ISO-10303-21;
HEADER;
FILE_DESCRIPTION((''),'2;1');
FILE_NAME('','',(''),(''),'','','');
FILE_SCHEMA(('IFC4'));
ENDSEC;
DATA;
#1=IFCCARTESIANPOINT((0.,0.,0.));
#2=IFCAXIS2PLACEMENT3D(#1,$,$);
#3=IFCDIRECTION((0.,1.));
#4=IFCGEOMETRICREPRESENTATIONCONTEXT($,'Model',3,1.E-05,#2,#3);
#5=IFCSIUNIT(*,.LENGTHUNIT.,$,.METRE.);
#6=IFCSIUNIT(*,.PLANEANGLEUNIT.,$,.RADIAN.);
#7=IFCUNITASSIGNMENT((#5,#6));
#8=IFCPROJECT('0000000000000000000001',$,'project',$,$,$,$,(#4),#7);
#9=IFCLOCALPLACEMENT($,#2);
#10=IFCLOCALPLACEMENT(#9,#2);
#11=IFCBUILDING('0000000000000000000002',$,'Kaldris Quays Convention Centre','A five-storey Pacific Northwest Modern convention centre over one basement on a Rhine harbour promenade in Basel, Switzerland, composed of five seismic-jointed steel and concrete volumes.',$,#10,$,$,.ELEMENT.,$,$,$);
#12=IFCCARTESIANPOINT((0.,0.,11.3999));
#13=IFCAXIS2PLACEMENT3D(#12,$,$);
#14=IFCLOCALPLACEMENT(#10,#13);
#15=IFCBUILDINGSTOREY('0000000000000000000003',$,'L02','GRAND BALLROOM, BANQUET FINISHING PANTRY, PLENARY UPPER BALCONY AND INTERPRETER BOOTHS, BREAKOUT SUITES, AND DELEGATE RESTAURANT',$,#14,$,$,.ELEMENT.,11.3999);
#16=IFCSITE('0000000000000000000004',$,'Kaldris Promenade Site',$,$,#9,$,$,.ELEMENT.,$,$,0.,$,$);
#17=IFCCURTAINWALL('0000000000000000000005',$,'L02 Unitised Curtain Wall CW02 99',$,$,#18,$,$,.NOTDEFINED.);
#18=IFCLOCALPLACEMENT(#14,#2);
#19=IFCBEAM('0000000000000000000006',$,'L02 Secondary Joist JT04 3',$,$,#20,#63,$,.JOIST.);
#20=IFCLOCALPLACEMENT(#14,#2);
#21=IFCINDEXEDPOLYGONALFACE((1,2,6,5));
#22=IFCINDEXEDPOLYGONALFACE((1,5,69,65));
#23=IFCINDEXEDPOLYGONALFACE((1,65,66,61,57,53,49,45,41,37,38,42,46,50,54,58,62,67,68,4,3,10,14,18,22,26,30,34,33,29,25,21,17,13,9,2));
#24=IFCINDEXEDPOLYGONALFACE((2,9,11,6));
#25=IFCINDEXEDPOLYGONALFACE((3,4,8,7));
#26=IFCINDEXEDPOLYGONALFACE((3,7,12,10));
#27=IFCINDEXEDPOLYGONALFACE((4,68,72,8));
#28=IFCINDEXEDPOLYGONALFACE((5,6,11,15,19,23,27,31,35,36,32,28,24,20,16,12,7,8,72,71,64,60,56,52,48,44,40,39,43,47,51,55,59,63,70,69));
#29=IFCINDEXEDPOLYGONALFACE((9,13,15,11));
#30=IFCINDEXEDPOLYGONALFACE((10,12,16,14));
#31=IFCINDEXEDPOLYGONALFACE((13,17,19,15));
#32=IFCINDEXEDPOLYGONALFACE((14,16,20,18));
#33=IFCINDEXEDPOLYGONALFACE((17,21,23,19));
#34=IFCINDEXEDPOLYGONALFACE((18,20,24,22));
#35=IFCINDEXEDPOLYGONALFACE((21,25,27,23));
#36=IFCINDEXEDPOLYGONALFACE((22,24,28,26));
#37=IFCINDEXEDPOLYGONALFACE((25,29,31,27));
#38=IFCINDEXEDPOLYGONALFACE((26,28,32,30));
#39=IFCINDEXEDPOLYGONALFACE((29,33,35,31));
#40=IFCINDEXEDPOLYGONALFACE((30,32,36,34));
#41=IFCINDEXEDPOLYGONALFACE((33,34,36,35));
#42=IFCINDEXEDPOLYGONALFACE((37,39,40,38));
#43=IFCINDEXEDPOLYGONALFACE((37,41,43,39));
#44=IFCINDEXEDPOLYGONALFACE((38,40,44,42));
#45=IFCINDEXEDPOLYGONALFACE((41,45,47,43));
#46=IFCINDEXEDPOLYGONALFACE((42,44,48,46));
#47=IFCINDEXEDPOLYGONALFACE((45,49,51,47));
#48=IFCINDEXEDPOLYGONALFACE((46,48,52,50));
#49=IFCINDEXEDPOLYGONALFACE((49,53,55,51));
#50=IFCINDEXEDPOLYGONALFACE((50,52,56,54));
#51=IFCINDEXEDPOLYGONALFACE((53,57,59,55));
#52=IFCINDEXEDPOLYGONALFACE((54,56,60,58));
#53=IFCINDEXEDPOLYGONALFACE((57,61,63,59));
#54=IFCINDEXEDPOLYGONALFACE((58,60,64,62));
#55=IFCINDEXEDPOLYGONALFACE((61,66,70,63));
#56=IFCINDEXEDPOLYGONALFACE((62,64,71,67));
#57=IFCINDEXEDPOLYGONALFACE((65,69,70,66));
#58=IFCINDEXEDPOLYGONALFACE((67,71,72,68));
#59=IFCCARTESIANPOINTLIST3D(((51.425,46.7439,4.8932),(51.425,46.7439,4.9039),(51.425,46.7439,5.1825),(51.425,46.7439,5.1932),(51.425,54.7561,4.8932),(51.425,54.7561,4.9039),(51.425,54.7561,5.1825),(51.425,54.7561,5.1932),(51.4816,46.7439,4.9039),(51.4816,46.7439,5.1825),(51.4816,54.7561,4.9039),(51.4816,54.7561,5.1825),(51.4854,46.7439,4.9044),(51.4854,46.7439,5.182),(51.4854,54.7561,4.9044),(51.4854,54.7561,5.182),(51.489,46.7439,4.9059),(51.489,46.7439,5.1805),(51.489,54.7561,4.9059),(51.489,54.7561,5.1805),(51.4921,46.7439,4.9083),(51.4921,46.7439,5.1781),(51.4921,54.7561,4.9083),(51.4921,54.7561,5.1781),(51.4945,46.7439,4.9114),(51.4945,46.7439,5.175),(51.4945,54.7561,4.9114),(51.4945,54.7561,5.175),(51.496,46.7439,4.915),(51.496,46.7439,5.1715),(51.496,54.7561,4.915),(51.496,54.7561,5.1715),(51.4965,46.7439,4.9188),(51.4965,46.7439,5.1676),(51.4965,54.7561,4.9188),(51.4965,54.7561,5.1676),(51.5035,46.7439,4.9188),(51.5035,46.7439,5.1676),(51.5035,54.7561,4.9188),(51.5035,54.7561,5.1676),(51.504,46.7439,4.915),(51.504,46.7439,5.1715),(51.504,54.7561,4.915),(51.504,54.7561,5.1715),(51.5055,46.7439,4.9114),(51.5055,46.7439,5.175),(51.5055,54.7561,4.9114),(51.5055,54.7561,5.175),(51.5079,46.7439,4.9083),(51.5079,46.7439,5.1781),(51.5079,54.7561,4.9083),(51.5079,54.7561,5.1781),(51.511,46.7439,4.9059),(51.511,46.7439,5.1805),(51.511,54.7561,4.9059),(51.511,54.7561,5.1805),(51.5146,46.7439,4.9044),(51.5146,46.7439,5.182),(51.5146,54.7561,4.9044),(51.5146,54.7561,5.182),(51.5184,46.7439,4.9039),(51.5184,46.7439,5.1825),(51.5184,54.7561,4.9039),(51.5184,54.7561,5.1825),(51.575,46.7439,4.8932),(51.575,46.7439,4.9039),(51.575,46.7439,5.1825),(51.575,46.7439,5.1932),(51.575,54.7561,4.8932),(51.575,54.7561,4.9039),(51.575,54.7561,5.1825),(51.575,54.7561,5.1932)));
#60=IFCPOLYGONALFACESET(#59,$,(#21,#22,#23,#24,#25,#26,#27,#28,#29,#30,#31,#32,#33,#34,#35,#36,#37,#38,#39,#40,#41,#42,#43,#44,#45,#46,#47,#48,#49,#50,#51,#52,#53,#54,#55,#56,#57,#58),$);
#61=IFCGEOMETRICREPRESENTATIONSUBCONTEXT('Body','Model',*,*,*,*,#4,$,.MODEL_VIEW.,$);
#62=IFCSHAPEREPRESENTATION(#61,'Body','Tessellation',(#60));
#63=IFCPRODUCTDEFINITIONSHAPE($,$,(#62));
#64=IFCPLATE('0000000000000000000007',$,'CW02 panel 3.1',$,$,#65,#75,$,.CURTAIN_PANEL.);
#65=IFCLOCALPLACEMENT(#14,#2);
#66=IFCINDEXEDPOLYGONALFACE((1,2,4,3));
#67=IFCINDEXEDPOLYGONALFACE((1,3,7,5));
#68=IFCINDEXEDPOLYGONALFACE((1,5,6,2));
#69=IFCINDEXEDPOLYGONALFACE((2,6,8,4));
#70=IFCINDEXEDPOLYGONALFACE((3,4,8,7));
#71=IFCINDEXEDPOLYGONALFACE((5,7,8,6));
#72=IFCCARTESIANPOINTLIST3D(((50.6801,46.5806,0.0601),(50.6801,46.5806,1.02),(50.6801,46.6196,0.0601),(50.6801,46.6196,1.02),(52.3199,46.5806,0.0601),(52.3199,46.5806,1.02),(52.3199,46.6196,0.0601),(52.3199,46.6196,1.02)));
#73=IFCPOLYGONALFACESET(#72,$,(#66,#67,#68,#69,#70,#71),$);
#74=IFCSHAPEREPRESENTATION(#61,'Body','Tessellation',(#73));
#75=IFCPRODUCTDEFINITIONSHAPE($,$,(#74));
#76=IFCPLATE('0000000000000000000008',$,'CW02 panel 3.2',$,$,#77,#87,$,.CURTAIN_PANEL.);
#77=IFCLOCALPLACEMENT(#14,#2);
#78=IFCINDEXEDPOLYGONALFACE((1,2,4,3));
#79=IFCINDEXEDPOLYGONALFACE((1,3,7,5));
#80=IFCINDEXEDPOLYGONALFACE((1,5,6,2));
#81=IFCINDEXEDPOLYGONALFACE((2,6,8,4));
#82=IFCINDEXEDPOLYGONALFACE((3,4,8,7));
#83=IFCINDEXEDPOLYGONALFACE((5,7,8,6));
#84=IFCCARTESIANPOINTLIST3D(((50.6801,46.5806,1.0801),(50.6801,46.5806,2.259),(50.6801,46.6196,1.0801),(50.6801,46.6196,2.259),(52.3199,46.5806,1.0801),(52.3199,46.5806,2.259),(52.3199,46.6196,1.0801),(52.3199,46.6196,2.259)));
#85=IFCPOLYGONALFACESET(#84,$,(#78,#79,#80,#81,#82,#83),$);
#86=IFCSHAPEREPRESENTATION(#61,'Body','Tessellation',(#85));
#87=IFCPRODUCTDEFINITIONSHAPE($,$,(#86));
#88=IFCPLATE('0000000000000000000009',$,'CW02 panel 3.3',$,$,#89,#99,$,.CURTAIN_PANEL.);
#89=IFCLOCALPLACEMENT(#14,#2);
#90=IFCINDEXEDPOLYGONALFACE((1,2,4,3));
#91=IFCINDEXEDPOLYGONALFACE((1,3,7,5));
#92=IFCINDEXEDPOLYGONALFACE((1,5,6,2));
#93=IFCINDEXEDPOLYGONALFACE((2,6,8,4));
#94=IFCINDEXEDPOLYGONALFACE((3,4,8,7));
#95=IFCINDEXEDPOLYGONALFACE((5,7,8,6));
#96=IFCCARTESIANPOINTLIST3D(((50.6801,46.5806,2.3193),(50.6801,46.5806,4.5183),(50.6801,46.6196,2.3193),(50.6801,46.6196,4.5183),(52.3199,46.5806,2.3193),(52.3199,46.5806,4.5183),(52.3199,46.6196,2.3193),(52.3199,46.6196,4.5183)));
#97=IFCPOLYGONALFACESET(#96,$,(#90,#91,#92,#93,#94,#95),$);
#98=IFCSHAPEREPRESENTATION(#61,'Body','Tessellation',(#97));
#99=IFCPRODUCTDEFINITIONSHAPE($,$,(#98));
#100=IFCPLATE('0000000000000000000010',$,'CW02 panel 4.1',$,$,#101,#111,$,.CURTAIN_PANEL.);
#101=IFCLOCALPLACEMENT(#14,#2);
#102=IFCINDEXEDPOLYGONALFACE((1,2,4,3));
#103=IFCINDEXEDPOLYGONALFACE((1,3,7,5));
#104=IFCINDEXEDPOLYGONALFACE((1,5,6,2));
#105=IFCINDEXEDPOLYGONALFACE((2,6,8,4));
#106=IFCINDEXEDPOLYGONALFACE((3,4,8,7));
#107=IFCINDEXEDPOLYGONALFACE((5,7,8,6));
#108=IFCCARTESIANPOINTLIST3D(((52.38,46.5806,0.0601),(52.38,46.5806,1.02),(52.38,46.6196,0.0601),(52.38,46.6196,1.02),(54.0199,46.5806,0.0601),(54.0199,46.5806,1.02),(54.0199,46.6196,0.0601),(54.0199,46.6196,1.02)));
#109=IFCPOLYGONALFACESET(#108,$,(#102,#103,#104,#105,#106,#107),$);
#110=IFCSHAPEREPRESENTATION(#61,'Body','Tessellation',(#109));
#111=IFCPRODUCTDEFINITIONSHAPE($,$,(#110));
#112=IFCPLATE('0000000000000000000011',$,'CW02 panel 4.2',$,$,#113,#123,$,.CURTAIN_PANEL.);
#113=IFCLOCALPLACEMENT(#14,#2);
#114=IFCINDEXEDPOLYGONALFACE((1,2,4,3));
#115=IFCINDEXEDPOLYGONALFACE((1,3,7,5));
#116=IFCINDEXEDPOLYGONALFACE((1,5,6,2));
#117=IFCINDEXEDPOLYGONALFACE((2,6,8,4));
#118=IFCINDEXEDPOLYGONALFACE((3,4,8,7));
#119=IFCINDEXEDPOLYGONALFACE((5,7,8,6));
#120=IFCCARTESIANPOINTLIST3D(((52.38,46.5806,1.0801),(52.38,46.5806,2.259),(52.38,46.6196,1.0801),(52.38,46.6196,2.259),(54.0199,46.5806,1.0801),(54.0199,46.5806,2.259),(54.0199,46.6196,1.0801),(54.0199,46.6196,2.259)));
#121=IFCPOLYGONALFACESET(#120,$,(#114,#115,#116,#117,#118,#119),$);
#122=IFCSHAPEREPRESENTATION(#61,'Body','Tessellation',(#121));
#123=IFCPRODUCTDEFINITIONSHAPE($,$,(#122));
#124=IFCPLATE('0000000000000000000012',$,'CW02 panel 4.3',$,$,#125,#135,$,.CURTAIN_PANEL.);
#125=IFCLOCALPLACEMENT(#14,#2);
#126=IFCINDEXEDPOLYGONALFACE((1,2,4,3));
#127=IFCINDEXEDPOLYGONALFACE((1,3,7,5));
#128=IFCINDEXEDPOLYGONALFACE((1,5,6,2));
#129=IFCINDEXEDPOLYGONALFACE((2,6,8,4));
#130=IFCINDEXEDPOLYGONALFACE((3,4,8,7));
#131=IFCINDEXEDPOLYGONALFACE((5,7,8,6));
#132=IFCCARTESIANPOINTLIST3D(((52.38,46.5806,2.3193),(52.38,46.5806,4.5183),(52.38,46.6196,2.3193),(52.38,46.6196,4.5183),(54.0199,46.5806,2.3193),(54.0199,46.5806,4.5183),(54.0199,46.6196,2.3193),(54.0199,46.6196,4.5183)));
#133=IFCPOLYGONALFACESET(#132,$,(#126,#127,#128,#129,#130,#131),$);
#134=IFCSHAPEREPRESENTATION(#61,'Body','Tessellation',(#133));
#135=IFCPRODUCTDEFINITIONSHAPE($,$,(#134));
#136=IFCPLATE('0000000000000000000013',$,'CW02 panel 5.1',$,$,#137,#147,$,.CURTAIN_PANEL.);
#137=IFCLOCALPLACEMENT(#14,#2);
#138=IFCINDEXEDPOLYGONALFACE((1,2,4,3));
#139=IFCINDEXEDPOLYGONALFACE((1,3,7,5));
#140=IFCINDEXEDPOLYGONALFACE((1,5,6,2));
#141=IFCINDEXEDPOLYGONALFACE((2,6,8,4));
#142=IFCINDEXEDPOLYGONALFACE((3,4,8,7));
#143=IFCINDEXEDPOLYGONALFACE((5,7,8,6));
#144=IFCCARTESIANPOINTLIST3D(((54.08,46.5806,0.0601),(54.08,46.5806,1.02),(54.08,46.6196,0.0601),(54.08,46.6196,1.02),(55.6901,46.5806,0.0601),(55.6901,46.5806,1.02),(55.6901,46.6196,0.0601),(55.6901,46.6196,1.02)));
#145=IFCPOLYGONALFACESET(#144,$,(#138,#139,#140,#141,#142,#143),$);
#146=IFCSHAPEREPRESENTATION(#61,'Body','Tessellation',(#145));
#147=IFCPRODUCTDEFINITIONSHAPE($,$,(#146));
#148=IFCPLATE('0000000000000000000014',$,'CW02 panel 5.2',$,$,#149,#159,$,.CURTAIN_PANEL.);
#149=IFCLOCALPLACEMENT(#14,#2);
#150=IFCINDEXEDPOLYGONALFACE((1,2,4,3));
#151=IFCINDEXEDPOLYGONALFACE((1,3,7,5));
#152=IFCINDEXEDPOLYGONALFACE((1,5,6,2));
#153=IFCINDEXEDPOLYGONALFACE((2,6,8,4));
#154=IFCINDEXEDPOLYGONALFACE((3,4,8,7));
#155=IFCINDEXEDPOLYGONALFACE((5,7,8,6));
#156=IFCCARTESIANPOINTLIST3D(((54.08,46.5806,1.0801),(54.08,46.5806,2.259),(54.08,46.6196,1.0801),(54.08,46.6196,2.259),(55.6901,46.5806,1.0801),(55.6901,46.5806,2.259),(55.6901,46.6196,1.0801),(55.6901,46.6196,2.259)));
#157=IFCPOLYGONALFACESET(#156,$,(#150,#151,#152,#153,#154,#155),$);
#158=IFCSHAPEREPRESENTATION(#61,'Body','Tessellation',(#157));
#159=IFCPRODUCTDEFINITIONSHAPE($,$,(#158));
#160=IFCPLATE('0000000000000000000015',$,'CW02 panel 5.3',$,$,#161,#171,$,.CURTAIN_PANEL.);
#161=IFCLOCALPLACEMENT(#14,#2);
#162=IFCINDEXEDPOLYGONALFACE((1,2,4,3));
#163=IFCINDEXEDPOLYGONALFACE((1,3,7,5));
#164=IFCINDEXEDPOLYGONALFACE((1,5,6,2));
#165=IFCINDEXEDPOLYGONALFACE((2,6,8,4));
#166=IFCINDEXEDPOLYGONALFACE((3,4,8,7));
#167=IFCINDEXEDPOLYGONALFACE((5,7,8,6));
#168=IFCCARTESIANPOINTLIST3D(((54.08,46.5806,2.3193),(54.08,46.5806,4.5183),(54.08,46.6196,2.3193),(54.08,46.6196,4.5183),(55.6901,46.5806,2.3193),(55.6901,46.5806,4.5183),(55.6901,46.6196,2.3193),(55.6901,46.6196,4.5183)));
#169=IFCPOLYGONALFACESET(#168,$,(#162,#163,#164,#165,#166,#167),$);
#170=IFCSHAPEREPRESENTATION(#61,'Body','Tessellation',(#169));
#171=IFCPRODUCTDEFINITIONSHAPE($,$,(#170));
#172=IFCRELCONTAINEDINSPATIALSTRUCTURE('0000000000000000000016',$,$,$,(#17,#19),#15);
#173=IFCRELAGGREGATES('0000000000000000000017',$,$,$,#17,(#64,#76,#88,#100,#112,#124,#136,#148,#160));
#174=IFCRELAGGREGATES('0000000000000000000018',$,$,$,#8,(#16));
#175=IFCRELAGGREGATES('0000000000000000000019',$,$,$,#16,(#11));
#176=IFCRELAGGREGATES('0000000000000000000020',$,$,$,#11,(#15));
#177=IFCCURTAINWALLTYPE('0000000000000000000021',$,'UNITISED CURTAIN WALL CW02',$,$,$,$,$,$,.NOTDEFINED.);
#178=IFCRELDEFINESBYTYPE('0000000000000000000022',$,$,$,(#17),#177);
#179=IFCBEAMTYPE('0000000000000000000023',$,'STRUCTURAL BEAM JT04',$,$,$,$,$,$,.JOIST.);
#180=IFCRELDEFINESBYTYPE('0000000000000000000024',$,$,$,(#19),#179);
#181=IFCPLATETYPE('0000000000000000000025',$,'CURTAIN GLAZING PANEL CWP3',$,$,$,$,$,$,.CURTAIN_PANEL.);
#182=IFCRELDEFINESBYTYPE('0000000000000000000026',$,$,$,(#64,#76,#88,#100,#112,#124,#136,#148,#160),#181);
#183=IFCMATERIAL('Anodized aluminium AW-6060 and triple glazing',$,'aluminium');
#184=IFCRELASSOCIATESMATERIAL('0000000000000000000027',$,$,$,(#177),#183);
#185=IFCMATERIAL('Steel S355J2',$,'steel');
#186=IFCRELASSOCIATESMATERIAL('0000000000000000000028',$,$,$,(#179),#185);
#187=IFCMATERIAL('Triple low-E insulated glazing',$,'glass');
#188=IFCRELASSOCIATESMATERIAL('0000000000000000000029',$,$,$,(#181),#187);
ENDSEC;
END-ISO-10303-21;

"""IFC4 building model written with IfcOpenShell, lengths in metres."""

from ifc_helpers import new_model, si_unit, direction, frame, origin, origin_2d, place, context, subcontext, project, spatial, rectangle, i_section, extrude, material, material_profile, profile_set, type_object, element, aggregate, save


model = new_model("IFC4")

# Units and contexts
model_context = context("Model", 3, precision=1e-05, world=origin(), true_north=direction((0.0, 1.0)))
body_context = subcontext(model_context, "Body", "Model", "MODEL_VIEW")
ifc_project = project(units=[si_unit("LENGTHUNIT", "METRE"), si_unit("PLANEANGLEUNIT", "RADIAN")], contexts=[model_context])

# Site, building, storey
site_placement = place(None, origin())
site = spatial("IfcSite", under=ifc_project, at=site_placement, Name="Kaldris Promenade Site", CompositionType="ELEMENT", RefElevation=0.0)
building_placement = place(site_placement, origin())
building = spatial("IfcBuilding", under=site, at=building_placement, Name="Kaldris Quays Convention Centre", Description="A five-storey Pacific Northwest Modern convention centre over one basement on a Rhine harbour promenade in Basel, Switzerland, composed of five seismic-jointed steel and concrete volumes.", CompositionType="ELEMENT")
storey_placement = place(building_placement, frame((0.0, 0.0, 11.3999)))
storey = spatial("IfcBuildingStorey", under=building, at=storey_placement, Name="L02", Description="GRAND BALLROOM, BANQUET FINISHING PANTRY, PLENARY UPPER BALCONY AND INTERPRETER BOOTHS, BREAKOUT SUITES, AND DELEGATE RESTAURANT", CompositionType="ELEMENT", Elevation=11.3999)

# Shared definitions
ifc_material_1 = material(Name="Steel S355J2", Category="steel")

# Curtain wall
ifc_material_2 = material(Name="Anodized aluminium AW-6060 and triple glazing", Category="aluminium")
curtain_wall_type_1 = type_object("IfcCurtainWallType", Name="UNITISED CURTAIN WALL CW02", PredefinedType="NOTDEFINED", material=ifc_material_2)
curtain_wall_1_placement = place(storey_placement, origin())
curtain_wall_1 = element("IfcCurtainWall", 1, at=curtain_wall_1_placement, inside=storey, type_object=curtain_wall_type_1, Name="L02 Unitised Curtain Wall CW02 99", PredefinedType="NOTDEFINED")

# Beam
ifc_material_profile_1 = material_profile(ifc_material_1, i_section(OverallWidth=0.1499, OverallDepth=0.3, WebThickness=0.0071, FlangeThickness=0.0107, FilletRadius=0.0149, at=origin_2d()), Name="IPE 300")
ifc_profile_set_1 = profile_set([ifc_material_profile_1], Name="Steel S355J2")
beam_type_1 = type_object("IfcBeamType", Name="STRUCTURAL BEAM JT04", PredefinedType="JOIST", material=ifc_profile_set_1)
beam_1_placement = place(storey_placement, frame((51.5, 46.7439, 5.0432), z_axis=(0.0, 1.0, 0.0), x_axis=(-1.0, 0.0, 0.0)))
element("IfcBeam", 2, at=beam_1_placement, inside=storey, type_object=beam_type_1, Name="L02 Secondary Joist JT04 3", PredefinedType="JOIST", context=body_context, shape_type="SweptSolid", body=[
    extrude(i_section(OverallWidth=0.1499, OverallDepth=0.3, WebThickness=0.0071, FlangeThickness=0.0107, FilletRadius=0.0149, at=origin_2d()), origin(), (0.0, 0.0, 1.0), 8.0122),
])

# Plates
ifc_material_3 = material(Name="Triple low-E insulated glazing", Category="glass")
plate_type = type_object("IfcPlateType", Name="CURTAIN GLAZING PANEL CWP3", PredefinedType="CURTAIN_PANEL", material=ifc_material_3)
plate_1_placement = place(storey_placement, frame((51.5, 46.6001, 0.0601), z_axis=(0.0, 0.0, 1.0), x_axis=(1.0, 0.0, 0.0)))
plate_1 = element("IfcPlate", 3, at=plate_1_placement, type_object=plate_type, Name="CW02 panel 3.1", PredefinedType="CURTAIN_PANEL", context=body_context, shape_type="SweptSolid", body=[
    extrude(rectangle(XDim=1.6399, YDim=0.0391, at=origin_2d()), origin(), (0.0, 0.0, 1.0), 0.96),
])
plate_2_placement = place(storey_placement, frame((51.5, 46.6001, 1.0801), z_axis=(0.0, 0.0, 1.0), x_axis=(1.0, 0.0, 0.0)))
plate_2 = element("IfcPlate", 4, at=plate_2_placement, type_object=plate_type, Name="CW02 panel 3.2", PredefinedType="CURTAIN_PANEL", context=body_context, shape_type="SweptSolid", body=[
    extrude(rectangle(XDim=1.6399, YDim=0.0391, at=origin_2d()), origin(), (0.0, 0.0, 1.0), 1.179),
])
plate_3_placement = place(storey_placement, frame((51.5, 46.6001, 2.3193), z_axis=(0.0, 0.0, 1.0), x_axis=(1.0, 0.0, 0.0)))
plate_3 = element("IfcPlate", 5, at=plate_3_placement, type_object=plate_type, Name="CW02 panel 3.3", PredefinedType="CURTAIN_PANEL", context=body_context, shape_type="SweptSolid", body=[
    extrude(rectangle(XDim=1.6399, YDim=0.0391, at=origin_2d()), origin(), (0.0, 0.0, 1.0), 2.199),
])
plate_4_placement = place(storey_placement, frame((53.2, 46.6001, 0.0601), z_axis=(0.0, 0.0, 1.0), x_axis=(1.0, 0.0, 0.0)))
plate_4 = element("IfcPlate", 6, at=plate_4_placement, type_object=plate_type, Name="CW02 panel 4.1", PredefinedType="CURTAIN_PANEL", context=body_context, shape_type="SweptSolid", body=[
    extrude(rectangle(XDim=1.6399, YDim=0.0391, at=origin_2d()), origin(), (0.0, 0.0, 1.0), 0.96),
])
plate_5_placement = place(storey_placement, frame((53.2, 46.6001, 1.0801), z_axis=(0.0, 0.0, 1.0), x_axis=(1.0, 0.0, 0.0)))
plate_5 = element("IfcPlate", 7, at=plate_5_placement, type_object=plate_type, Name="CW02 panel 4.2", PredefinedType="CURTAIN_PANEL", context=body_context, shape_type="SweptSolid", body=[
    extrude(rectangle(XDim=1.6399, YDim=0.0391, at=origin_2d()), origin(), (0.0, 0.0, 1.0), 1.179),
])
plate_6_placement = place(storey_placement, frame((53.2, 46.6001, 2.3193), z_axis=(0.0, 0.0, 1.0), x_axis=(1.0, 0.0, 0.0)))
plate_6 = element("IfcPlate", 8, at=plate_6_placement, type_object=plate_type, Name="CW02 panel 4.3", PredefinedType="CURTAIN_PANEL", context=body_context, shape_type="SweptSolid", body=[
    extrude(rectangle(XDim=1.6399, YDim=0.0391, at=origin_2d()), origin(), (0.0, 0.0, 1.0), 2.199),
])
plate_7_placement = place(storey_placement, frame((54.885, 46.6001, 0.0601), z_axis=(0.0, 0.0, 1.0), x_axis=(1.0, 0.0, 0.0)))
plate_7 = element("IfcPlate", 9, at=plate_7_placement, type_object=plate_type, Name="CW02 panel 5.1", PredefinedType="CURTAIN_PANEL", context=body_context, shape_type="SweptSolid", body=[
    extrude(rectangle(XDim=1.6101, YDim=0.0391, at=origin_2d()), origin(), (0.0, 0.0, 1.0), 0.96),
])
plate_8_placement = place(storey_placement, frame((54.885, 46.6001, 1.0801), z_axis=(0.0, 0.0, 1.0), x_axis=(1.0, 0.0, 0.0)))
plate_8 = element("IfcPlate", 10, at=plate_8_placement, type_object=plate_type, Name="CW02 panel 5.2", PredefinedType="CURTAIN_PANEL", context=body_context, shape_type="SweptSolid", body=[
    extrude(rectangle(XDim=1.6101, YDim=0.0391, at=origin_2d()), origin(), (0.0, 0.0, 1.0), 1.179),
])
plate_9_placement = place(storey_placement, frame((54.885, 46.6001, 2.3193), z_axis=(0.0, 0.0, 1.0), x_axis=(1.0, 0.0, 0.0)))
plate_9 = element("IfcPlate", 11, at=plate_9_placement, type_object=plate_type, Name="CW02 panel 5.3", PredefinedType="CURTAIN_PANEL", context=body_context, shape_type="SweptSolid", body=[
    extrude(rectangle(XDim=1.6101, YDim=0.0391, at=origin_2d()), origin(), (0.0, 0.0, 1.0), 2.199),
])
aggregate(curtain_wall_1, [plate_1, plate_2, plate_3, plate_4, plate_5, plate_6, plate_7, plate_8, plate_9])

save(model, "model.ifc")
